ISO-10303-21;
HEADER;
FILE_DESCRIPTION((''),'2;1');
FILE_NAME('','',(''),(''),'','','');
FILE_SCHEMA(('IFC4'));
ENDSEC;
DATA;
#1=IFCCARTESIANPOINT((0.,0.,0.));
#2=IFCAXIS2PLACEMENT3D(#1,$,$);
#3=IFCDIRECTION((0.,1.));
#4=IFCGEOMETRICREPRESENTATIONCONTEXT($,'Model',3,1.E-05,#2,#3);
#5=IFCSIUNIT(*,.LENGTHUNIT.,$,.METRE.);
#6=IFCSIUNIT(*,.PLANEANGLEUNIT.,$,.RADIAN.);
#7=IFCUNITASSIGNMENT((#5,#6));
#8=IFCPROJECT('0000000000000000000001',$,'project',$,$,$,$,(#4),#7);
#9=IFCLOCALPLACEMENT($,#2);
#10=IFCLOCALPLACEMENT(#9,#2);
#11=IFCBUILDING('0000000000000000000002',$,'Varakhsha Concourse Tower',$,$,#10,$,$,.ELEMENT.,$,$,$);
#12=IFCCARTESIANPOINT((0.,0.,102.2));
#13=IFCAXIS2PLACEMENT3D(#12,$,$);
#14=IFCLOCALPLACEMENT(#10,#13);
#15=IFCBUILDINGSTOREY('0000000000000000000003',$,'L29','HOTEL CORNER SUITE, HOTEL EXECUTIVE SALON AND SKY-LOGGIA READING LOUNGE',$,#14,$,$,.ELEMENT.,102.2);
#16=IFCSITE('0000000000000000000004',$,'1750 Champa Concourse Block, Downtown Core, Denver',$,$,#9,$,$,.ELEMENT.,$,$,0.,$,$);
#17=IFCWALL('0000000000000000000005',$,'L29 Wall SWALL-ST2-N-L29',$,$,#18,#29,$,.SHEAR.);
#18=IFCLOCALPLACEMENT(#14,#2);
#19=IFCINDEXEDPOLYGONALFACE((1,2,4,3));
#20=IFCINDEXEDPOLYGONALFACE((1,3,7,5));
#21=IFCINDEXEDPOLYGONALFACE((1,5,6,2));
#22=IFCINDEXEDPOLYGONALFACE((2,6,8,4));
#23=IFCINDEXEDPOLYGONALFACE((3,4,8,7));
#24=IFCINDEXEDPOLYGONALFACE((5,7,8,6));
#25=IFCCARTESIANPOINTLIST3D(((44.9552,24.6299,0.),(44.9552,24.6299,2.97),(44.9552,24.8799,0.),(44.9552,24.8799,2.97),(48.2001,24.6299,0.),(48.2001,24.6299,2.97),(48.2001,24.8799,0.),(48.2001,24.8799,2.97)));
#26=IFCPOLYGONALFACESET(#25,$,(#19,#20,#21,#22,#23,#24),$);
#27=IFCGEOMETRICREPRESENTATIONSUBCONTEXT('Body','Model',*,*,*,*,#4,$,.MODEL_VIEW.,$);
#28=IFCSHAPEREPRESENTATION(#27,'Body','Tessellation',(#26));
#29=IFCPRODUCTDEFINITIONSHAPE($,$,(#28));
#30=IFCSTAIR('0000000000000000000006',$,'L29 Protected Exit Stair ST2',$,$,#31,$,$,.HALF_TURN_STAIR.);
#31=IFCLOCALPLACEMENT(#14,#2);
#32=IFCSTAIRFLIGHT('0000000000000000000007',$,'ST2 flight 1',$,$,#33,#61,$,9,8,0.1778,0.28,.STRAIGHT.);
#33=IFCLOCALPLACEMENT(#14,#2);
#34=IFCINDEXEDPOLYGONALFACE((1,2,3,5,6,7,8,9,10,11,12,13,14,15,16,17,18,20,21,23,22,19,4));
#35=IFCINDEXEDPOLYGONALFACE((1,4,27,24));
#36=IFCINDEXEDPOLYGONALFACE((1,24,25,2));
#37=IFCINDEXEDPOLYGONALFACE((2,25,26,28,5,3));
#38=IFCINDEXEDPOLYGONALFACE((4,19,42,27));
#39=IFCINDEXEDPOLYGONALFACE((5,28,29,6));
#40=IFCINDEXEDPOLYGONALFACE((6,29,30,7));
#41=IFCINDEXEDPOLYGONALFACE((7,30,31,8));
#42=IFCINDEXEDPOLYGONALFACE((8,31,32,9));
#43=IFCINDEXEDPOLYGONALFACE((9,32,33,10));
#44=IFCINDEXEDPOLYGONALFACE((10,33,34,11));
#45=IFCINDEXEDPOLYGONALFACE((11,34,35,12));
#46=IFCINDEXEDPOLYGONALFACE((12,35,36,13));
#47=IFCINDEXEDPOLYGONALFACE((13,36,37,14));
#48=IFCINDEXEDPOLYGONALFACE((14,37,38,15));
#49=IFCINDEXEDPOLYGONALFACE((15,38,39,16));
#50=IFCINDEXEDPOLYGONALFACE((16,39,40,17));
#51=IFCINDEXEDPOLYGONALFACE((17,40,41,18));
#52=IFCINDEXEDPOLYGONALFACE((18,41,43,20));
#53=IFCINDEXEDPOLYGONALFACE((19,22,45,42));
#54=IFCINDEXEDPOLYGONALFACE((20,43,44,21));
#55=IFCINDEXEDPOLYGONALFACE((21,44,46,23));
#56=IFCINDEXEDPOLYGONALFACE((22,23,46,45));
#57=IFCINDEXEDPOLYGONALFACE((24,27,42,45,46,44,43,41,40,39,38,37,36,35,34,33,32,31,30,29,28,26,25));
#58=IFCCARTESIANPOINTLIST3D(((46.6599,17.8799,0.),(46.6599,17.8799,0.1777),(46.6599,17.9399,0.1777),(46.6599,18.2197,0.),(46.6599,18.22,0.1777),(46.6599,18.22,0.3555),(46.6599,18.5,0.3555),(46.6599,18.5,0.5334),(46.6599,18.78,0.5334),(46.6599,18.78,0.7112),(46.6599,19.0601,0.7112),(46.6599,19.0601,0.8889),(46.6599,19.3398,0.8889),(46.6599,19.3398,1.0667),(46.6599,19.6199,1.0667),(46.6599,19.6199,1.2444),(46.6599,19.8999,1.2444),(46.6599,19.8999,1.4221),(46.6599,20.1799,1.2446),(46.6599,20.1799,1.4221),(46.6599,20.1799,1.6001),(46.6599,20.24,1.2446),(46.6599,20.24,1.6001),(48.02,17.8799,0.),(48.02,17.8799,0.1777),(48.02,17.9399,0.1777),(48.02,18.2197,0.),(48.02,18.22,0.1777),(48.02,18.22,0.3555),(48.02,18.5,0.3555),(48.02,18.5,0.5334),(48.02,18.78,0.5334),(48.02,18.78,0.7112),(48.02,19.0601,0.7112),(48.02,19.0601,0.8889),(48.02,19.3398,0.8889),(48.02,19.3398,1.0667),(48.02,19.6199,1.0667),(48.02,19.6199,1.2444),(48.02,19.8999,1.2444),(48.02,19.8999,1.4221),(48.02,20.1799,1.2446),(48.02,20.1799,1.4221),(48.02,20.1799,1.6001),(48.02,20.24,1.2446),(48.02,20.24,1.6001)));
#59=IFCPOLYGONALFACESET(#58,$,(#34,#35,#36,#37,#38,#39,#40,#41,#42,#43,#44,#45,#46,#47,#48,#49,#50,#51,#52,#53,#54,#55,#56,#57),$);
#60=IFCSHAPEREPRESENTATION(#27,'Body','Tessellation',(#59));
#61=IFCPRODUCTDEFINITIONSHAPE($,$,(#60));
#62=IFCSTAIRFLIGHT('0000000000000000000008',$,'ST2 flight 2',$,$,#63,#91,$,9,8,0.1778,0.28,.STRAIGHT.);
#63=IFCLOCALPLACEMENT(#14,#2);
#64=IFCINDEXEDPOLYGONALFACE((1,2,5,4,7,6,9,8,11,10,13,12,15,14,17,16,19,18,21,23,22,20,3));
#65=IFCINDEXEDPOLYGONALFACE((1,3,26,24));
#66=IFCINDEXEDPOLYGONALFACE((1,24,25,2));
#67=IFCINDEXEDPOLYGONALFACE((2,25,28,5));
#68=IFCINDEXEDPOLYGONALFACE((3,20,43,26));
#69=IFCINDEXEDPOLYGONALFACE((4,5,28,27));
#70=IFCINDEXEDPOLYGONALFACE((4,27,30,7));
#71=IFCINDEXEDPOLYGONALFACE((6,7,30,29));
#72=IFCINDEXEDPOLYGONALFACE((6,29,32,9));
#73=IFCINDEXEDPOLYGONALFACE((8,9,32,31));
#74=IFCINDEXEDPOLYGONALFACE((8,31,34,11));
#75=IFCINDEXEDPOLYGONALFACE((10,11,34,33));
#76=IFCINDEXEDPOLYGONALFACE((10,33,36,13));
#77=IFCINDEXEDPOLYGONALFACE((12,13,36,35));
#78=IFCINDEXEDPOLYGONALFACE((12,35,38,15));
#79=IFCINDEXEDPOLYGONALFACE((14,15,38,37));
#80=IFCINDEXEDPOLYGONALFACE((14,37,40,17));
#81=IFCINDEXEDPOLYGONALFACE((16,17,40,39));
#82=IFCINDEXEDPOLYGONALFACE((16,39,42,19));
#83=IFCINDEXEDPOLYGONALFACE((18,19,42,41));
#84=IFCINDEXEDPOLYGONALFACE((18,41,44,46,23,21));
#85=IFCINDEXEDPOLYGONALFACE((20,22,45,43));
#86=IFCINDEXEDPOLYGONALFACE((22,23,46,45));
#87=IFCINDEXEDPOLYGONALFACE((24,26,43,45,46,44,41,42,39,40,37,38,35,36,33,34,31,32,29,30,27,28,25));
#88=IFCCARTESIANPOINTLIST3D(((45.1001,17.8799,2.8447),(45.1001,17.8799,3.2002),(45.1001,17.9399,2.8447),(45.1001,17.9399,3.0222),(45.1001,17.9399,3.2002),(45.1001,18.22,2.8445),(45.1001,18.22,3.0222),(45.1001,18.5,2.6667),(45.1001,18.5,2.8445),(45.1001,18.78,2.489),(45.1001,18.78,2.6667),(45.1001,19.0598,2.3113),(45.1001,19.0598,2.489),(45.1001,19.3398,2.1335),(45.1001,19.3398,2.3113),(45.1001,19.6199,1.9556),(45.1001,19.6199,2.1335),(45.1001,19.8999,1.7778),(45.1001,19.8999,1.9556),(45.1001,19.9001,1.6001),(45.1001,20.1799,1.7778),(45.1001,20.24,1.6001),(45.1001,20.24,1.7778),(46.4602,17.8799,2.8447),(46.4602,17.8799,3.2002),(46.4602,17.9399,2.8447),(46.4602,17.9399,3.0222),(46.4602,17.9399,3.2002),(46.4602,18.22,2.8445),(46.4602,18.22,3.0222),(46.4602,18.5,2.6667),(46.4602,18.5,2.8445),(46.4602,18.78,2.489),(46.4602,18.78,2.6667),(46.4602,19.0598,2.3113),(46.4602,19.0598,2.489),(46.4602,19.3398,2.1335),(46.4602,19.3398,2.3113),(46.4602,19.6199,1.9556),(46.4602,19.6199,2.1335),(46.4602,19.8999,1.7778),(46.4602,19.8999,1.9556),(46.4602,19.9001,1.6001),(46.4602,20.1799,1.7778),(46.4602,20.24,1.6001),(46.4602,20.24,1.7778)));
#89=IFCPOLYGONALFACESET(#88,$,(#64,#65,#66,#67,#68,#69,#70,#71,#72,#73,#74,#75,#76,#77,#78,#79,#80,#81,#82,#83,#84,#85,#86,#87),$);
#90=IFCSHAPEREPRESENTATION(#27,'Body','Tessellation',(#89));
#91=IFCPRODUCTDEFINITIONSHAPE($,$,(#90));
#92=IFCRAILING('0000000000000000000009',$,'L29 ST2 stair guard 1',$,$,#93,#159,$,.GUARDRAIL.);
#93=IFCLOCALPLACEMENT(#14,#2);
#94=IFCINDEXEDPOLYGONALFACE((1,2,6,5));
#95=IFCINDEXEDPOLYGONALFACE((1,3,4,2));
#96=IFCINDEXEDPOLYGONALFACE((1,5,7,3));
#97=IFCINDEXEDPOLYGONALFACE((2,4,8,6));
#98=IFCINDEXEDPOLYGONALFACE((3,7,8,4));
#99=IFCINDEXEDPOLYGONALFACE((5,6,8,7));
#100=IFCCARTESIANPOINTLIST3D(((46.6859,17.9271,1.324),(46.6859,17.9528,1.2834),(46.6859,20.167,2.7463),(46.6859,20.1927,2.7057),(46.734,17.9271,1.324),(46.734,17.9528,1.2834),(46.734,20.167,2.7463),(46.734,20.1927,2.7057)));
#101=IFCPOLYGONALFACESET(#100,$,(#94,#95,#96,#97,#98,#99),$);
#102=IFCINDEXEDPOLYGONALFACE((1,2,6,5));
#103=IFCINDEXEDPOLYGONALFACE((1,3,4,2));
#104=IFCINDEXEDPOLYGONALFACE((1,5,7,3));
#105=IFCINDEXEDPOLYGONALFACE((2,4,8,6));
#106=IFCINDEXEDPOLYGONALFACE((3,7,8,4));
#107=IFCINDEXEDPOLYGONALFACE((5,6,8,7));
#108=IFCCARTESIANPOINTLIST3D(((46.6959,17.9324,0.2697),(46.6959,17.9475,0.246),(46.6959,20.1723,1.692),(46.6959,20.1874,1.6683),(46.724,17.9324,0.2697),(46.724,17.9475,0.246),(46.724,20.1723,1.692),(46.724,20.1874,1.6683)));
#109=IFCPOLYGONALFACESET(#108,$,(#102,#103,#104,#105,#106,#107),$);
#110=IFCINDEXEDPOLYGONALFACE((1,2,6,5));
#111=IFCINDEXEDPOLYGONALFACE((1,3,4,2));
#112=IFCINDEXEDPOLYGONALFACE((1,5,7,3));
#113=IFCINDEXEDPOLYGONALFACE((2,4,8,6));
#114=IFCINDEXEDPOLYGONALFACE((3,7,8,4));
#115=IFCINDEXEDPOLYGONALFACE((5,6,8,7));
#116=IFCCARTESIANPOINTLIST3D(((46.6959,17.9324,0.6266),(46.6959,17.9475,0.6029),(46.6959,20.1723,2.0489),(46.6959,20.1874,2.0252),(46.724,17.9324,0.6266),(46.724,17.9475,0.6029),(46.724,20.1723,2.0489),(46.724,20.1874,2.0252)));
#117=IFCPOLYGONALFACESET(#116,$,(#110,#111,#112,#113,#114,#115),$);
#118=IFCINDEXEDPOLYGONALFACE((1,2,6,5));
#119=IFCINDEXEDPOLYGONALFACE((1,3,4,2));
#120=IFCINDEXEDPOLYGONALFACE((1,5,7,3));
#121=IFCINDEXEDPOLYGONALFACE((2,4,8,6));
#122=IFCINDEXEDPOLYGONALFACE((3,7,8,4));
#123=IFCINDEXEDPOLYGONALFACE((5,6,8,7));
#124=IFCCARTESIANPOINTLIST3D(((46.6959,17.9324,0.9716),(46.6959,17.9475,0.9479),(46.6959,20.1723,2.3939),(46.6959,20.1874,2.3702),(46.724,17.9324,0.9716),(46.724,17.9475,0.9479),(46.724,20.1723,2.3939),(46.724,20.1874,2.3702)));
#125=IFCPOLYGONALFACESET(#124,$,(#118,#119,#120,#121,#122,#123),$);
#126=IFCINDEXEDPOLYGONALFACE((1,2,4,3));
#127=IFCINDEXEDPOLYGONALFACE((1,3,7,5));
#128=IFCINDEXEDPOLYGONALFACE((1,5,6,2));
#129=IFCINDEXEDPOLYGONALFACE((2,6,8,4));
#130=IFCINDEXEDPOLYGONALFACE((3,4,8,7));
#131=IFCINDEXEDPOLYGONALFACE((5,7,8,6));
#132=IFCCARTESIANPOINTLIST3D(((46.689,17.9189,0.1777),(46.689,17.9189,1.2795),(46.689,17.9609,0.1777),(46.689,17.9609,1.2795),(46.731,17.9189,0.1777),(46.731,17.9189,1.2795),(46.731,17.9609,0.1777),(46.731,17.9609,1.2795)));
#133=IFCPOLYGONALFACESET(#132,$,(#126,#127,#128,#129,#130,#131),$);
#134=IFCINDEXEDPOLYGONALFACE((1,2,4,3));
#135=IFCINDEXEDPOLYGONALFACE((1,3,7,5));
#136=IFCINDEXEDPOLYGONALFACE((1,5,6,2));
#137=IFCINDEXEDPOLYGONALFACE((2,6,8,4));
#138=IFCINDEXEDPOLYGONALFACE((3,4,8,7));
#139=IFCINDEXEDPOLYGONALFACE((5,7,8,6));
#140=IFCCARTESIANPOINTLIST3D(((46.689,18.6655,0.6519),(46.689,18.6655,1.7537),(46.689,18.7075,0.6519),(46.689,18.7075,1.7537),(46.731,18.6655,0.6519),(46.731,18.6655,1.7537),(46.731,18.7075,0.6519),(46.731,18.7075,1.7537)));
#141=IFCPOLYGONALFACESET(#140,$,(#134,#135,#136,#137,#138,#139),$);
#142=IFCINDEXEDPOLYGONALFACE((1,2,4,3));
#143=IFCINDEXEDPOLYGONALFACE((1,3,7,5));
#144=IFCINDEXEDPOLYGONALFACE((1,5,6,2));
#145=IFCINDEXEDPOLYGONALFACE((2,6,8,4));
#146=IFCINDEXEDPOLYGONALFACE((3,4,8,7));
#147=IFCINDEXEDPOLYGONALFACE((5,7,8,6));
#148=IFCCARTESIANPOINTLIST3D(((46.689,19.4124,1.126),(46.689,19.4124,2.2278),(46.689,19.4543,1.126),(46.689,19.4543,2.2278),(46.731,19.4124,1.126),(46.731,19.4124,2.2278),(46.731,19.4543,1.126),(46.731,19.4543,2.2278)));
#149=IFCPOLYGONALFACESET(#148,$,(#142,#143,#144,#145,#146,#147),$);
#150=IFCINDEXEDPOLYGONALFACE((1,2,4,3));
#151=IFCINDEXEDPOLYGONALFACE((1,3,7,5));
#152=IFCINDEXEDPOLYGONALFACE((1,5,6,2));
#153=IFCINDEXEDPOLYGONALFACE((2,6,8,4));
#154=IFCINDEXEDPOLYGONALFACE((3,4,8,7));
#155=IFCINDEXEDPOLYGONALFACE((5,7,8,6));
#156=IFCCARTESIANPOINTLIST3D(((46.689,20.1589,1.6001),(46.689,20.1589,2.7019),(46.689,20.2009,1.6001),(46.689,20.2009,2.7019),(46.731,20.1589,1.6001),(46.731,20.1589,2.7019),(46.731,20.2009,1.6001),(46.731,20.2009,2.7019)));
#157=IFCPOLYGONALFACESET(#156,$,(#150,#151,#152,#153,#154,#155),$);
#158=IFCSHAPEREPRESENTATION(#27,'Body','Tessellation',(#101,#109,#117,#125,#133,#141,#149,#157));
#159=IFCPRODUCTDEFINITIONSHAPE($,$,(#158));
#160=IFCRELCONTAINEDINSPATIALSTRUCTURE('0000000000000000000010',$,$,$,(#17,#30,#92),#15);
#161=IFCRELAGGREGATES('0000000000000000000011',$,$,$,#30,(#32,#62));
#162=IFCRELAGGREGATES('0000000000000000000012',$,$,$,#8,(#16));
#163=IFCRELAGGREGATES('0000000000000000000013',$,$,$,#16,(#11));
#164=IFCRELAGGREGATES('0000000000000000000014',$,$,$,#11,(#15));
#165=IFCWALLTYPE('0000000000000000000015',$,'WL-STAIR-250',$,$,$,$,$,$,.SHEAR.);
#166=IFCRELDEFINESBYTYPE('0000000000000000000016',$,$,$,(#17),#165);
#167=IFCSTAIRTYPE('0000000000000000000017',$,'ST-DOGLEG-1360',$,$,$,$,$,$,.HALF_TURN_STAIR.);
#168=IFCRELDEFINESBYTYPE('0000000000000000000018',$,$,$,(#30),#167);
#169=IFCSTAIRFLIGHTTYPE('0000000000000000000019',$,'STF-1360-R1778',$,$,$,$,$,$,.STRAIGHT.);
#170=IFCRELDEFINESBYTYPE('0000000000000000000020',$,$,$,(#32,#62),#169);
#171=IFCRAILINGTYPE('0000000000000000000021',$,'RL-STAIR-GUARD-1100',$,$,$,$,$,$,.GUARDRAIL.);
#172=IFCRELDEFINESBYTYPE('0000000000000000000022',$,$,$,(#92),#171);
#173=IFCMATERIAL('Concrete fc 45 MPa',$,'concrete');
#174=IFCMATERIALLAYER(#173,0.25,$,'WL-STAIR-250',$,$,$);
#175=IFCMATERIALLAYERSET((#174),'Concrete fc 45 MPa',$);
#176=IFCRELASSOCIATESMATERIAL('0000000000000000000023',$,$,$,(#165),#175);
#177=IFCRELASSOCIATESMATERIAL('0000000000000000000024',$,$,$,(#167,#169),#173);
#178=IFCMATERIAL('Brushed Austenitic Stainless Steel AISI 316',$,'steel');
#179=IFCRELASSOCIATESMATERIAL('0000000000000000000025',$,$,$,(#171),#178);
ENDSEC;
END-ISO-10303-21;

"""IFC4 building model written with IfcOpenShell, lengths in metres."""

from ifc_helpers import new_model, si_unit, direction, frame, frame_2d, origin, origin_2d, place, context, subcontext, project, spatial, polyline, rectangle, outline, extrude, material, layer, layer_set, type_object, element, aggregate, save


model = new_model("IFC4")

# Units and contexts
model_context = context("Model", 3, precision=1e-05, world=origin(), true_north=direction((0.0, 1.0)))
body_context = subcontext(model_context, "Body", "Model", "MODEL_VIEW")
ifc_project = project(units=[si_unit("LENGTHUNIT", "METRE"), si_unit("PLANEANGLEUNIT", "RADIAN")], contexts=[model_context])

# Site, building, storey
site_placement = place(None, origin())
site = spatial("IfcSite", under=ifc_project, at=site_placement, Name="1750 Champa Concourse Block, Downtown Core, Denver", CompositionType="ELEMENT", RefElevation=0.0)
building_placement = place(site_placement, origin())
building = spatial("IfcBuilding", under=site, at=building_placement, Name="Varakhsha Concourse Tower", CompositionType="ELEMENT")
storey_placement = place(building_placement, frame((0.0, 0.0, 102.2)))
storey = spatial("IfcBuildingStorey", under=building, at=storey_placement, Name="L29", Description="HOTEL CORNER SUITE, HOTEL EXECUTIVE SALON AND SKY-LOGGIA READING LOUNGE", CompositionType="ELEMENT", Elevation=102.2)

# Wall
ifc_material_1 = material(Name="Concrete fc 45 MPa", Category="concrete")
ifc_layer_1 = layer(ifc_material_1, 0.25, Name="WL-STAIR-250")
ifc_layer_set_1 = layer_set([ifc_layer_1], Name="Concrete fc 45 MPa")
wall_type_1 = type_object("IfcWallType", Name="WL-STAIR-250", PredefinedType="SHEAR", material=ifc_layer_set_1)
wall_1_placement = place(storey_placement, frame((44.9551, 24.7549, 0.0), z_axis=(0.0, 0.0, 1.0), x_axis=(1.0, 0.0, 0.0)))
element("IfcWall", 1, at=wall_1_placement, inside=storey, type_object=wall_type_1, Name="L29 Wall SWALL-ST2-N-L29", PredefinedType="SHEAR", context=body_context, shape_type="SweptSolid", body=[
    extrude(rectangle(XDim=3.2449, YDim=0.25, at=frame_2d((1.6226, 0.0))), origin(), (0.0, 0.0, 1.0), 2.97),
])

# Stair, stair flights
stair_type = type_object("IfcStairType", Name="ST-DOGLEG-1360", PredefinedType="HALF_TURN_STAIR", material=ifc_material_1)
stair_placement = place(storey_placement, origin())
stair = element("IfcStair", 2, at=stair_placement, inside=storey, type_object=stair_type, Name="L29 Protected Exit Stair ST2", PredefinedType="HALF_TURN_STAIR")
stair_flight_type = type_object("IfcStairFlightType", Name="STF-1360-R1778", PredefinedType="STRAIGHT", material=ifc_material_1)
stair_flight_1_placement = place(storey_placement, frame((47.3401, 17.9399, 0.0), z_axis=(0.0, 0.0, 1.0), x_axis=(0.0, 1.0, 0.0)))
stair_flight_1 = element("IfcStairFlight", 3, at=stair_flight_1_placement, type_object=stair_flight_type, Name="ST2 flight 1", NumberOfRisers=9, NumberOfTreads=8, PredefinedType="STRAIGHT", RiserHeight=0.1778, TreadLength=0.28, context=body_context, shape_type="SweptSolid", body=[
    extrude(outline(polyline([(-0.0601, 0.0), (-0.0601, 0.1777), (0.0, 0.1777), (0.28, 0.1777), (0.28, 0.3555), (0.5601, 0.3555), (0.5601, 0.5334), (0.8401, 0.5334), (0.8401, 0.7112), (1.1201, 0.7112), (1.1201, 0.8889), (1.3999, 0.8889), (1.3999, 1.0667), (1.6799, 1.0667), (1.6799, 1.2444), (1.96, 1.2444), (1.96, 1.4221), (2.24, 1.4221), (2.24, 1.6001), (2.3, 1.6001), (2.3, 1.2446), (2.24, 1.2446), (0.2798, 0.0), (-0.0601, 0.0)])), frame((0.0, 0.6802, 0.0), z_axis=(0.0, -1.0, 0.0), x_axis=(1.0, 0.0, 0.0)), (0.0, 0.0, 1.0), 1.3601),
])
stair_flight_2_placement = place(storey_placement, frame((45.78, 20.1799, 1.6001), z_axis=(0.0, 0.0, 1.0), x_axis=(0.0, -1.0, 0.0)))
stair_flight_2 = element("IfcStairFlight", 4, at=stair_flight_2_placement, type_object=stair_flight_type, Name="ST2 flight 2", NumberOfRisers=9, NumberOfTreads=8, PredefinedType="STRAIGHT", RiserHeight=0.1778, TreadLength=0.28, context=body_context, shape_type="SweptSolid", body=[
    extrude(outline(polyline([(-0.0601, 0.0), (-0.0601, 0.1777), (0.0, 0.1777), (0.28, 0.1777), (0.28, 0.3555), (0.5601, 0.3555), (0.5601, 0.5334), (0.8401, 0.5334), (0.8401, 0.7112), (1.1201, 0.7112), (1.1201, 0.8889), (1.3999, 0.8889), (1.3999, 1.0667), (1.6799, 1.0667), (1.6799, 1.2444), (1.96, 1.2444), (1.96, 1.4221), (2.24, 1.4221), (2.24, 1.6001), (2.3, 1.6001), (2.3, 1.2446), (2.24, 1.2446), (0.2798, 0.0), (-0.0601, 0.0)])), frame((0.0, 0.6802, 0.0), z_axis=(0.0, -1.0, 0.0), x_axis=(1.0, 0.0, 0.0)), (0.0, 0.0, 1.0), 1.3601),
])
aggregate(stair, [stair_flight_1, stair_flight_2])

# Railing
ifc_material_2 = material(Name="Brushed Austenitic Stainless Steel AISI 316", Category="steel")
railing_type_1 = type_object("IfcRailingType", Name="RL-STAIR-GUARD-1100", PredefinedType="GUARDRAIL", material=ifc_material_2)
railing_1_placement = place(storey_placement, frame((46.71, 17.9399, 0.1777)))
element("IfcRailing", 5, at=railing_1_placement, inside=storey, type_object=railing_type_1, Name="L29 ST2 stair guard 1", PredefinedType="GUARDRAIL", context=body_context, shape_type="SweptSolid", body=[
    extrude(rectangle(XDim=0.0481, YDim=0.0481, at=origin_2d()), frame((0.0, 0.0, 1.126), z_axis=(0.0, 0.844188, 0.536048), x_axis=(-1.0, 0.0, 0.0)), (0.0, 0.0, 1.0), 2.6533),
    extrude(rectangle(XDim=0.0281, YDim=0.0281, at=origin_2d()), frame((0.0, 0.0, 0.0801), z_axis=(0.0, 0.844188, 0.536048), x_axis=(-1.0, 0.0, 0.0)), (0.0, 0.0, 1.0), 2.6533),
    extrude(rectangle(XDim=0.0281, YDim=0.0281, at=origin_2d()), frame((0.0, 0.0, 0.437), z_axis=(0.0, 0.844188, 0.536048), x_axis=(-1.0, 0.0, 0.0)), (0.0, 0.0, 1.0), 2.6533),
    extrude(rectangle(XDim=0.0281, YDim=0.0281, at=origin_2d()), frame((0.0, 0.0, 0.782), z_axis=(0.0, 0.844188, 0.536048), x_axis=(-1.0, 0.0, 0.0)), (0.0, 0.0, 1.0), 2.6533),
    extrude(rectangle(XDim=0.042, YDim=0.042, at=origin_2d()), origin(), (0.0, 0.0, 1.0), 1.1018),
    extrude(rectangle(XDim=0.042, YDim=0.042, at=origin_2d()), frame((0.0, 0.7466, 0.4741)), (0.0, 0.0, 1.0), 1.1018),
    extrude(rectangle(XDim=0.042, YDim=0.042, at=origin_2d()), frame((0.0, 1.4934, 0.9482)), (0.0, 0.0, 1.0), 1.1018),
    extrude(rectangle(XDim=0.042, YDim=0.042, at=origin_2d()), frame((0.0, 2.24, 1.4224)), (0.0, 0.0, 1.0), 1.1018),
])

save(model, "model.ifc")
